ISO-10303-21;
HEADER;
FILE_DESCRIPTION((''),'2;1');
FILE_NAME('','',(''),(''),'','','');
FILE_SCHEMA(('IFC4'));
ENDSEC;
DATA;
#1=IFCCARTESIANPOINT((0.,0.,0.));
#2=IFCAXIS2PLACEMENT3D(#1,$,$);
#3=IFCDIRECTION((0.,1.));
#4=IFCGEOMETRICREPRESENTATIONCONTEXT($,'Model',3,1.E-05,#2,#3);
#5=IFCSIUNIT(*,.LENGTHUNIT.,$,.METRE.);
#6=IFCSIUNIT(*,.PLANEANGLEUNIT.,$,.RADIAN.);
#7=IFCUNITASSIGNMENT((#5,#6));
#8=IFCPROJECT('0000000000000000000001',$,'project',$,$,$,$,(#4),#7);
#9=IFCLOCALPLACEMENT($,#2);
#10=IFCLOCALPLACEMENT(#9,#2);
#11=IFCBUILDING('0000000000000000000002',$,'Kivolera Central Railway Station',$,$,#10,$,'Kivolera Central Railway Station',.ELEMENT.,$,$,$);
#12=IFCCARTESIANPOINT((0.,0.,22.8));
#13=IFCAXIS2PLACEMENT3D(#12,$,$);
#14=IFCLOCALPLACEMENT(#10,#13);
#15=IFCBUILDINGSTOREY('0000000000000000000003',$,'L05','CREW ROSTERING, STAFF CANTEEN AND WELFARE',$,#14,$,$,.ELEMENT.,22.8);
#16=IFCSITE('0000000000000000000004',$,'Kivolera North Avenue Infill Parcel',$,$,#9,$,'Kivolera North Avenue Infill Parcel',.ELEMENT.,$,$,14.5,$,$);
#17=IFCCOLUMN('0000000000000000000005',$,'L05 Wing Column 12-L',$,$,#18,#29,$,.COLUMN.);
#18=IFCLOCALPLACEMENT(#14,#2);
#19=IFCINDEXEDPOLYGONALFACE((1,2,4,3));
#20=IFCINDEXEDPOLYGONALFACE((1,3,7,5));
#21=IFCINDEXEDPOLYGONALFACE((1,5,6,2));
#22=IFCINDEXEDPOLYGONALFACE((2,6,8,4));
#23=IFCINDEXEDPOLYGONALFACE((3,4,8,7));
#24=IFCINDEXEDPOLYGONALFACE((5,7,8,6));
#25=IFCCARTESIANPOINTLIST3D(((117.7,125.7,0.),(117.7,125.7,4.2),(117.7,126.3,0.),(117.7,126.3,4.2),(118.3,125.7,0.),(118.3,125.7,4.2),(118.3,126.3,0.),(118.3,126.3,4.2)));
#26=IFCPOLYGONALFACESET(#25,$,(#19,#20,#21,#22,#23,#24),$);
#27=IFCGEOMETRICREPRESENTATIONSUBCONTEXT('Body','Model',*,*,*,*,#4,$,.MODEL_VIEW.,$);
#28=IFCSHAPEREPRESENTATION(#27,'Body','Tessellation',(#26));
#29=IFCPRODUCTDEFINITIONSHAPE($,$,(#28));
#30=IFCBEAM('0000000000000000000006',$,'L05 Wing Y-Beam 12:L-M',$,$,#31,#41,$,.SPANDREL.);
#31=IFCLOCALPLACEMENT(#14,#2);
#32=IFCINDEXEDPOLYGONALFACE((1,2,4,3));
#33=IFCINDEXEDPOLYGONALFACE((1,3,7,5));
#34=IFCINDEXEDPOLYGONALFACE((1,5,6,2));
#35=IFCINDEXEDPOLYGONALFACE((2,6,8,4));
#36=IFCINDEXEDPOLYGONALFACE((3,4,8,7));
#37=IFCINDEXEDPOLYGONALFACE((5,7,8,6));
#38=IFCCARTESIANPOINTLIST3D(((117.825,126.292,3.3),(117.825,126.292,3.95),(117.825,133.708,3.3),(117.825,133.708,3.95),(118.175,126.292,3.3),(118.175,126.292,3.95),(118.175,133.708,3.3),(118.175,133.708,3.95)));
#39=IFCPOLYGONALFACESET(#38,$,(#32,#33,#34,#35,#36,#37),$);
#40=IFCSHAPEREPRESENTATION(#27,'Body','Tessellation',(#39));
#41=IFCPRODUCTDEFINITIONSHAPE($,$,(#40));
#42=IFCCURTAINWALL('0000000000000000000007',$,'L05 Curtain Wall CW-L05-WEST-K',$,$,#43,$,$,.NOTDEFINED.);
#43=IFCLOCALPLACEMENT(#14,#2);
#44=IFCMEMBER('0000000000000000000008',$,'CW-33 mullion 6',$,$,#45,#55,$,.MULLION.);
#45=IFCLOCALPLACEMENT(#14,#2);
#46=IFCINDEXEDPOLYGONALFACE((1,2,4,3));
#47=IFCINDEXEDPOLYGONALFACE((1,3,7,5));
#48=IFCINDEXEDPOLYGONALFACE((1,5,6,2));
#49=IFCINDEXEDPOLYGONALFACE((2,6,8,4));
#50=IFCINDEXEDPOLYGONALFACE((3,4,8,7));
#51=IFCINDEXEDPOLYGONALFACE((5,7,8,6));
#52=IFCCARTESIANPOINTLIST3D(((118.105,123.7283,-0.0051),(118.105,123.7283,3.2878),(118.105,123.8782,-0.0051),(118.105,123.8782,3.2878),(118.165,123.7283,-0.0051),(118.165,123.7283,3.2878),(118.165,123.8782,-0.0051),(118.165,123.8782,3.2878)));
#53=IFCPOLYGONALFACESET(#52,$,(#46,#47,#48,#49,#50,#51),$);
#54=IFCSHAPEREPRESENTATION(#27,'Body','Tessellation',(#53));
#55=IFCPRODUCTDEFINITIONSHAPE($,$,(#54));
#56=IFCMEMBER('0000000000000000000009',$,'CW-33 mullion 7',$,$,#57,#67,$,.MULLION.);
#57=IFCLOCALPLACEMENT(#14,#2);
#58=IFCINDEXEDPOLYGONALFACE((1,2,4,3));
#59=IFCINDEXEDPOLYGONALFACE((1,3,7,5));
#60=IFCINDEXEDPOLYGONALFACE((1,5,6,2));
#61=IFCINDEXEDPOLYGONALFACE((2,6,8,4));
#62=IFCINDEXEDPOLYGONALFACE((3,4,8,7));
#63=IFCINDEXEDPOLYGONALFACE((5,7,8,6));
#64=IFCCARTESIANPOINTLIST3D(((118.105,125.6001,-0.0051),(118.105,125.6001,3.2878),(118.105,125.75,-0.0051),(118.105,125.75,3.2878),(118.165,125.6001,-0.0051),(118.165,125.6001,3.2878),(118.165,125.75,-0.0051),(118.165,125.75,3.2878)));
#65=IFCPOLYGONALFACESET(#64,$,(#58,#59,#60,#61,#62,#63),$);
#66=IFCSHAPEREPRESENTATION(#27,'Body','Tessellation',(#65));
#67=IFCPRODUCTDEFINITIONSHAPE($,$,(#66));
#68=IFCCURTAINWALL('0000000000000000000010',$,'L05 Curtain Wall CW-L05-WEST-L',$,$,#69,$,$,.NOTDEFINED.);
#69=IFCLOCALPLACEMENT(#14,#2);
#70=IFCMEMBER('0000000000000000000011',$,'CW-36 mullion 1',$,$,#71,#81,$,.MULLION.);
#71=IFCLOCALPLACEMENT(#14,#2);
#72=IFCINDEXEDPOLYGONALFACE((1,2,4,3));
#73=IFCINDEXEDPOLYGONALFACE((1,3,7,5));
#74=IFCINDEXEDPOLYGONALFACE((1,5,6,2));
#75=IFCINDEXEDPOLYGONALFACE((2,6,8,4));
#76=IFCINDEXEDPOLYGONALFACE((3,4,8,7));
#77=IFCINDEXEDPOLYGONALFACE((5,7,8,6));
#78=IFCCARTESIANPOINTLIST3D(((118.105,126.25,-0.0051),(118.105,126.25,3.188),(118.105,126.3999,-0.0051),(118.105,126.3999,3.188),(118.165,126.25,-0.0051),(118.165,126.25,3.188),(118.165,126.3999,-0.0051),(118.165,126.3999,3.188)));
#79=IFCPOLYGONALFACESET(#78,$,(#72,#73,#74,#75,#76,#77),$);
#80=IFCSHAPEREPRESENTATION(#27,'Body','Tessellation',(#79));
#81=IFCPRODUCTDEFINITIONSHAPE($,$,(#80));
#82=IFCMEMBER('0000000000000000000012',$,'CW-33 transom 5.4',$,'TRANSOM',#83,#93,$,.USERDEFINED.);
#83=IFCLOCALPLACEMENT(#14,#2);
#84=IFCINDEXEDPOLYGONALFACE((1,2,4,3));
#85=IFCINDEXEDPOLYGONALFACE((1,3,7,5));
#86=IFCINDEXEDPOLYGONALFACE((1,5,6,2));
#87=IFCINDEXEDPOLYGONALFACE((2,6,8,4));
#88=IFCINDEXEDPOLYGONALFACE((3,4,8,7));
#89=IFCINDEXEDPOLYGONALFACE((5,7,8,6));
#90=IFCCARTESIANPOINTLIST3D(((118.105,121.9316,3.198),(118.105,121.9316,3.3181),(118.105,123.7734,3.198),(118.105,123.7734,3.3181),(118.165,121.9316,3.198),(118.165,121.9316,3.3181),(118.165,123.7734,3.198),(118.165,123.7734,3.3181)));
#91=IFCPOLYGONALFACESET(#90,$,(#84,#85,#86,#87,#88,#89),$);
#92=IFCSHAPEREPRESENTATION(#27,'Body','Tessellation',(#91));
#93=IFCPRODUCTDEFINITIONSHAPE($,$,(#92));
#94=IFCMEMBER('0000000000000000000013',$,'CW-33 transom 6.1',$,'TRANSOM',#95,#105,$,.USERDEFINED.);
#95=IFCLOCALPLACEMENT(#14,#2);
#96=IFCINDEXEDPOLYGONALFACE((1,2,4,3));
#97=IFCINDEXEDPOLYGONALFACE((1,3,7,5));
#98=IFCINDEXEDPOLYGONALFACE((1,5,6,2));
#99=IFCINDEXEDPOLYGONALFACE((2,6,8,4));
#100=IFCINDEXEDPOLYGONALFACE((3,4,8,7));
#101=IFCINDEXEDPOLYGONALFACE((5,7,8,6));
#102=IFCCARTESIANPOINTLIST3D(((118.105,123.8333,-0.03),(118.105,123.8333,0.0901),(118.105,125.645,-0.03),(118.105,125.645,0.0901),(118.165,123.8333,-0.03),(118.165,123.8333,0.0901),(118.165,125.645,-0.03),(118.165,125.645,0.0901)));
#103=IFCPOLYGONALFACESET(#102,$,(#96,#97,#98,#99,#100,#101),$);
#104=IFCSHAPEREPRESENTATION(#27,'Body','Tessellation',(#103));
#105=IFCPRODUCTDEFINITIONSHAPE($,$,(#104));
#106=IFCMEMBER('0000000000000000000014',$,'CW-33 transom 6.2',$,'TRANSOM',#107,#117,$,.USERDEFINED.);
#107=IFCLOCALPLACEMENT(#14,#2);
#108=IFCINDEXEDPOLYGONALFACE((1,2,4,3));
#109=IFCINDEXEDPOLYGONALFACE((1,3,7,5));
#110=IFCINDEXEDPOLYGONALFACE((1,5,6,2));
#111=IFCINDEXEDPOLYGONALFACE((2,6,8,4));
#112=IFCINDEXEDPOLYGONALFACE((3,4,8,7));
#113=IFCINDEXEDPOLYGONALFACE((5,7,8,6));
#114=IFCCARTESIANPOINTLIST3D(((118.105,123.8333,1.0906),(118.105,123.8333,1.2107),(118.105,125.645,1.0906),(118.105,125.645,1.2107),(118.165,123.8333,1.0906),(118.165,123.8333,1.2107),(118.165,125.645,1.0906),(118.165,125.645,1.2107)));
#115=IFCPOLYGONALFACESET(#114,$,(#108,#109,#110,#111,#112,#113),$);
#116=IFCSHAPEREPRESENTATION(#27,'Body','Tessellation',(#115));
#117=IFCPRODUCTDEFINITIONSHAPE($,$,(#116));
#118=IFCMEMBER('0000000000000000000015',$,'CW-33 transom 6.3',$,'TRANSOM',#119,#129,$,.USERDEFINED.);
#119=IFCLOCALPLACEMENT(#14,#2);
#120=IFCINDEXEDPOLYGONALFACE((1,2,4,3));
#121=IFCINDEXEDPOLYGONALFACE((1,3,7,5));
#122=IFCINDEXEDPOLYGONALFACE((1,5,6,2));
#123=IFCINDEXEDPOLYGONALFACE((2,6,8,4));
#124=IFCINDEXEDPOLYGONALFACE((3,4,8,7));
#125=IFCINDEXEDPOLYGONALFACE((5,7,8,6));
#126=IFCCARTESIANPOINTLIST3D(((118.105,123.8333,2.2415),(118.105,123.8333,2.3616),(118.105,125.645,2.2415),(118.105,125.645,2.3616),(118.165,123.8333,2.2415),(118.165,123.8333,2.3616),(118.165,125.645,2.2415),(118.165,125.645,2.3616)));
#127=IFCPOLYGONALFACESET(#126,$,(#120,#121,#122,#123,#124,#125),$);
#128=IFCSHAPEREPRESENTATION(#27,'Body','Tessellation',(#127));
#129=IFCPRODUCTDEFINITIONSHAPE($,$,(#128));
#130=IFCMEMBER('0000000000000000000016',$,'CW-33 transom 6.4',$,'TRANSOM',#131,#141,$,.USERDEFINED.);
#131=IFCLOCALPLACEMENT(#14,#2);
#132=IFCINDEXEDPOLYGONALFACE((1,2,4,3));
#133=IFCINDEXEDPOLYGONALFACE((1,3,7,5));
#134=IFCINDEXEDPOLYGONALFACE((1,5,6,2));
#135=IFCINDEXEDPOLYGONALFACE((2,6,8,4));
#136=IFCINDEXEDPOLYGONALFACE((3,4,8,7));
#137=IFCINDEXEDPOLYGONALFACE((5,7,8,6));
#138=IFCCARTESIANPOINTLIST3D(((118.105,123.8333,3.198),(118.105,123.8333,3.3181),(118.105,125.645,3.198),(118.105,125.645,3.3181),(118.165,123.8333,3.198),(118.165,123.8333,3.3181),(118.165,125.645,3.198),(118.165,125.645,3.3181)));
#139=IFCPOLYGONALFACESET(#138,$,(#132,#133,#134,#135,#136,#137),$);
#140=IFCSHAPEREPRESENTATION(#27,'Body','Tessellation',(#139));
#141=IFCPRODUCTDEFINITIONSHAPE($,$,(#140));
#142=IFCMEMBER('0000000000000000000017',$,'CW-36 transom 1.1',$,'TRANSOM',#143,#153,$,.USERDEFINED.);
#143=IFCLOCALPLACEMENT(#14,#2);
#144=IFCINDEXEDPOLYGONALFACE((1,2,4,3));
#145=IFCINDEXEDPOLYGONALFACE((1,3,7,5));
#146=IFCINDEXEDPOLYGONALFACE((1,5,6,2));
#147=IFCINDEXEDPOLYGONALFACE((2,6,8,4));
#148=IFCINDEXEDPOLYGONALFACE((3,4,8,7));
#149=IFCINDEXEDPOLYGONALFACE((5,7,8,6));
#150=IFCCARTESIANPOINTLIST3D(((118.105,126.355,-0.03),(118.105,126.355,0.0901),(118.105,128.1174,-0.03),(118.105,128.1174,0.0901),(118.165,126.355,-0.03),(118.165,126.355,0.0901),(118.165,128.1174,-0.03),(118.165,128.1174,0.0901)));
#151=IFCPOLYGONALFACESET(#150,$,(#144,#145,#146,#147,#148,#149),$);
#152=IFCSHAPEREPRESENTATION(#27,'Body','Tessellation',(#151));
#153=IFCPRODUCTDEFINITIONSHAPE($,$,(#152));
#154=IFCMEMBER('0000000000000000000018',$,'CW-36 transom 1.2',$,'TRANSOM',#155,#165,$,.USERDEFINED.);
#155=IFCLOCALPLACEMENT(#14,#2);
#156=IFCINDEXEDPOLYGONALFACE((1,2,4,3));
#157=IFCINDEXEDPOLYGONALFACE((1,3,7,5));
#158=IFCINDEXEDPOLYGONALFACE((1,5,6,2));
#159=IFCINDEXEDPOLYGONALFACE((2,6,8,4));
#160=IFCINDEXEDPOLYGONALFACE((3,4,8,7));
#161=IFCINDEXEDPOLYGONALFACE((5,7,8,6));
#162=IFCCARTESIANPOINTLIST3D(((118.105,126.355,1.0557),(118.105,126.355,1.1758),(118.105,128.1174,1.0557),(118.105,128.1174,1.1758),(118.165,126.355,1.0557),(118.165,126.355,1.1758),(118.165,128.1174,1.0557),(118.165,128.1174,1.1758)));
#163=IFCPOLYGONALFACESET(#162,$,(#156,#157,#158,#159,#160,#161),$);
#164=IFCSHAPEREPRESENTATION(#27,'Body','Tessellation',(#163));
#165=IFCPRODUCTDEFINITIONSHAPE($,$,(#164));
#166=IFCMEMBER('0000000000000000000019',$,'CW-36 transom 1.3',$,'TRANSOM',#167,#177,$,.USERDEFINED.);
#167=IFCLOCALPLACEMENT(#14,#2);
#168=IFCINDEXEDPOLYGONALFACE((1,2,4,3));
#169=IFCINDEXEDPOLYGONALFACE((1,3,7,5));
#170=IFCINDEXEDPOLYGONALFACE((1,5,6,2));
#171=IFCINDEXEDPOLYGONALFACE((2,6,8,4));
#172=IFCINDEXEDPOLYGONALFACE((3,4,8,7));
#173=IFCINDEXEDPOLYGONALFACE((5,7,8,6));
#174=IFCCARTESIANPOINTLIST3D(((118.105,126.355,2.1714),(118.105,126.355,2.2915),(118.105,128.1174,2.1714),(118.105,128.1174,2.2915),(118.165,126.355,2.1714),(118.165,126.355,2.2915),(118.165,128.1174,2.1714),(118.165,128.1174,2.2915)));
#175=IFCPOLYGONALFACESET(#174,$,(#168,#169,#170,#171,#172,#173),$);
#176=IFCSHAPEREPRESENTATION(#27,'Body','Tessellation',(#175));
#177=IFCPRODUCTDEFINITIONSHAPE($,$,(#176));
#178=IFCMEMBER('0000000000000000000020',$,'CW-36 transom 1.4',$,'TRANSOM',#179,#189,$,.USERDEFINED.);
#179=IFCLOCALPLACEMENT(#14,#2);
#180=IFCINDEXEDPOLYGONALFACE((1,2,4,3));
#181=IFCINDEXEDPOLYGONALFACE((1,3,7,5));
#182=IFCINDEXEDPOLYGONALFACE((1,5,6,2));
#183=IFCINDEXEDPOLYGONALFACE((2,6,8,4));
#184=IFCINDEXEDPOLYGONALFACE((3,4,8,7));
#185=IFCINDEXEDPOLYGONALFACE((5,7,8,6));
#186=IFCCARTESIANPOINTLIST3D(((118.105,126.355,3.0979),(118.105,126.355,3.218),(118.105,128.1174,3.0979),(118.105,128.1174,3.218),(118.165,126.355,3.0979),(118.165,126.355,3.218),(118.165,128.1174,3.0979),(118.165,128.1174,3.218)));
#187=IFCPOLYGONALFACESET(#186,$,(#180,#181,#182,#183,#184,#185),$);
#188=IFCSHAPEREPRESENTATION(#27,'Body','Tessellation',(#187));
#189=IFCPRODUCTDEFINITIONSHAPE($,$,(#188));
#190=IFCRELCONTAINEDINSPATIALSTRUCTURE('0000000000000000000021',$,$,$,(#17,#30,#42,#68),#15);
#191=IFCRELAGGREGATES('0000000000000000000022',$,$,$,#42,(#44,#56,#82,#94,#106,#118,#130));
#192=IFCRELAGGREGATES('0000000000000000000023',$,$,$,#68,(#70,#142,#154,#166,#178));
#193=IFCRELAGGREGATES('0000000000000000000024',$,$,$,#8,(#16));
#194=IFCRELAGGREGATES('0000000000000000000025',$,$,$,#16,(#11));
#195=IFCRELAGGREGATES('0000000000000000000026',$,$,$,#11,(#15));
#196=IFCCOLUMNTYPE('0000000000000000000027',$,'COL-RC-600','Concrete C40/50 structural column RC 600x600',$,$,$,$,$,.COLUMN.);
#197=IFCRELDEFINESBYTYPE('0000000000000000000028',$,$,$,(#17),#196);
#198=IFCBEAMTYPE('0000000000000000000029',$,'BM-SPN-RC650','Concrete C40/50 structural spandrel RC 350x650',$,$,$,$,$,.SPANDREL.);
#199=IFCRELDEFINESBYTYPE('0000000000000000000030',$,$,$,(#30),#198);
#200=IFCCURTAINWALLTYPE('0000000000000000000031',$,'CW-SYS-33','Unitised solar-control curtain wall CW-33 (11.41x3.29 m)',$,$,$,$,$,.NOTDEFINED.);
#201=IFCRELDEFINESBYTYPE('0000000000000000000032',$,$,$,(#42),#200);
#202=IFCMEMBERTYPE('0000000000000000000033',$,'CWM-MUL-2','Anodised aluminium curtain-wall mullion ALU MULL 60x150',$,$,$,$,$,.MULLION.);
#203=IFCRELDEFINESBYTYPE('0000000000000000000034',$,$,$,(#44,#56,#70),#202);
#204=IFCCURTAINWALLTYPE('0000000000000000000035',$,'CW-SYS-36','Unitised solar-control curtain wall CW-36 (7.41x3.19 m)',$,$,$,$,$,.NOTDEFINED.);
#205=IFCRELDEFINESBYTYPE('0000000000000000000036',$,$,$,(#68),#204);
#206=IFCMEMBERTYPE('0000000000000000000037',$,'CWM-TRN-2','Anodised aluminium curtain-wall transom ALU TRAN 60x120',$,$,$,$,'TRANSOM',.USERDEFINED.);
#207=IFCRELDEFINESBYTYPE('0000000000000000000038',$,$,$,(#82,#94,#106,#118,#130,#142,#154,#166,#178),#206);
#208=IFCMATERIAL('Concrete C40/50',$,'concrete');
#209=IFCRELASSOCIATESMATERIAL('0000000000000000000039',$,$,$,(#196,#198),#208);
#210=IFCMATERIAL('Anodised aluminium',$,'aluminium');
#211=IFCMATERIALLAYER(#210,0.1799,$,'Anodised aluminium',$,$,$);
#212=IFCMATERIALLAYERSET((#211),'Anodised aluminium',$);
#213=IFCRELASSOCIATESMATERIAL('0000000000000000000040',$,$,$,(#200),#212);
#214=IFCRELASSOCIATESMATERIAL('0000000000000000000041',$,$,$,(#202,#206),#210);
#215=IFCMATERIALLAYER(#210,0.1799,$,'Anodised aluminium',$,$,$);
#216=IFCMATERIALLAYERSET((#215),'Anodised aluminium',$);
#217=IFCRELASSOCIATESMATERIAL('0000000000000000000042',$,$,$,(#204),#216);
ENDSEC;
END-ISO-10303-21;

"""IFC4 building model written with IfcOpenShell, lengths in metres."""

from ifc_helpers import new_model, si_unit, direction, frame, origin, origin_2d, place, context, subcontext, project, spatial, rectangle, extrude, material, layer, layer_set, material_profile, profile_set, type_object, element, aggregate, save


model = new_model("IFC4")

# Units and contexts
model_context = context("Model", 3, precision=1e-05, world=origin(), true_north=direction((0.0, 1.0)))
body_context = subcontext(model_context, "Body", "Model", "MODEL_VIEW")
ifc_project = project(units=[si_unit("LENGTHUNIT", "METRE"), si_unit("PLANEANGLEUNIT", "RADIAN")], contexts=[model_context])

# Site, building, storey
site_placement = place(None, origin())
site = spatial("IfcSite", under=ifc_project, at=site_placement, Name="Kivolera North Avenue Infill Parcel", LongName="Kivolera North Avenue Infill Parcel", CompositionType="ELEMENT", RefElevation=14.5)
building_placement = place(site_placement, origin())
building = spatial("IfcBuilding", under=site, at=building_placement, Name="Kivolera Central Railway Station", LongName="Kivolera Central Railway Station", CompositionType="ELEMENT")
storey_placement = place(building_placement, frame((0.0, 0.0, 22.8)))
storey = spatial("IfcBuildingStorey", under=building, at=storey_placement, Name="L05", Description="CREW ROSTERING, STAFF CANTEEN AND WELFARE", CompositionType="ELEMENT", Elevation=22.8)

# Column
ifc_material_1 = material(Name="Concrete C40/50", Category="concrete")
ifc_material_profile_1 = material_profile(ifc_material_1, rectangle(XDim=0.6001, YDim=0.6001, at=origin_2d()), Name="RC 600x600")
ifc_profile_set_1 = profile_set([ifc_material_profile_1], Name="Concrete C40/50")
column_type = type_object("IfcColumnType", Name="COL-RC-600", Description="Concrete C40/50 structural column RC 600x600", PredefinedType="COLUMN", material=ifc_profile_set_1)
column_placement = place(storey_placement, frame((118.0, 126.0, 0.0), z_axis=(0.0, 0.0, 1.0), x_axis=(1.0, 0.0, 0.0)))
element("IfcColumn", 1, at=column_placement, inside=storey, type_object=column_type, Name="L05 Wing Column 12-L", PredefinedType="COLUMN", context=body_context, shape_type="SweptSolid", body=[
    extrude(rectangle(XDim=0.6001, YDim=0.6001, at=origin_2d()), origin(), (0.0, 0.0, 1.0), 4.2),
])

# Beam
ifc_material_profile_2 = material_profile(ifc_material_1, rectangle(XDim=0.3501, YDim=0.6499, at=origin_2d()), Name="RC 350x650")
ifc_profile_set_2 = profile_set([ifc_material_profile_2], Name="Concrete C40/50")
beam_type = type_object("IfcBeamType", Name="BM-SPN-RC650", Description="Concrete C40/50 structural spandrel RC 350x650", PredefinedType="SPANDREL", material=ifc_profile_set_2)
beam_placement = place(storey_placement, frame((118.0, 126.292, 3.625), z_axis=(0.0, 1.0, 0.0), x_axis=(-1.0, 0.0, 0.0)))
element("IfcBeam", 2, at=beam_placement, inside=storey, type_object=beam_type, Name="L05 Wing Y-Beam 12:L-M", PredefinedType="SPANDREL", context=body_context, shape_type="SweptSolid", body=[
    extrude(rectangle(XDim=0.3501, YDim=0.6499, at=origin_2d()), origin(), (0.0, 0.0, 1.0), 7.416),
])

# Curtain wall, members
ifc_material_2 = material(Name="Anodised aluminium", Category="aluminium")
ifc_layer_1 = layer(ifc_material_2, 0.1799, Name="Anodised aluminium")
ifc_layer_set_1 = layer_set([ifc_layer_1], Name="Anodised aluminium")
curtain_wall_type_1 = type_object("IfcCurtainWallType", Name="CW-SYS-33", Description="Unitised solar-control curtain wall CW-33 (11.41x3.29 m)", PredefinedType="NOTDEFINED", material=ifc_layer_set_1)
curtain_wall_1_placement = place(storey_placement, origin())
curtain_wall_1 = element("IfcCurtainWall", 3, at=curtain_wall_1_placement, inside=storey, type_object=curtain_wall_type_1, Name="L05 Curtain Wall CW-L05-WEST-K", PredefinedType="NOTDEFINED")
ifc_material_profile_3 = material_profile(ifc_material_2, rectangle(XDim=0.0601, YDim=0.1499, at=origin_2d()), Name="ALU MULL 60x150")
ifc_profile_set_3 = profile_set([ifc_material_profile_3], Name="Anodised aluminium")
member_type_1 = type_object("IfcMemberType", Name="CWM-MUL-2", Description="Anodised aluminium curtain-wall mullion ALU MULL 60x150", PredefinedType="MULLION", material=ifc_profile_set_3)
member_1_placement = place(storey_placement, frame((118.135, 123.8032, -0.0051), z_axis=(0.0, 0.0, 1.0), x_axis=(-1.0, 0.0, 0.0)))
member_1 = element("IfcMember", 4, at=member_1_placement, type_object=member_type_1, Name="CW-33 mullion 6", PredefinedType="MULLION", context=body_context, shape_type="SweptSolid", body=[
    extrude(rectangle(XDim=0.0601, YDim=0.1499, at=origin_2d()), origin(), (0.0, 0.0, 1.0), 3.293),
])
member_2_placement = place(storey_placement, frame((118.135, 125.675, -0.0051), z_axis=(0.0, 0.0, 1.0), x_axis=(-1.0, 0.0, 0.0)))
member_2 = element("IfcMember", 5, at=member_2_placement, type_object=member_type_1, Name="CW-33 mullion 7", PredefinedType="MULLION", context=body_context, shape_type="SweptSolid", body=[
    extrude(rectangle(XDim=0.0601, YDim=0.1499, at=origin_2d()), origin(), (0.0, 0.0, 1.0), 3.293),
])

# Curtain wall, member
ifc_layer_2 = layer(ifc_material_2, 0.1799, Name="Anodised aluminium")
ifc_layer_set_2 = layer_set([ifc_layer_2], Name="Anodised aluminium")
curtain_wall_type_2 = type_object("IfcCurtainWallType", Name="CW-SYS-36", Description="Unitised solar-control curtain wall CW-36 (7.41x3.19 m)", PredefinedType="NOTDEFINED", material=ifc_layer_set_2)
curtain_wall_2_placement = place(storey_placement, origin())
curtain_wall_2 = element("IfcCurtainWall", 6, at=curtain_wall_2_placement, inside=storey, type_object=curtain_wall_type_2, Name="L05 Curtain Wall CW-L05-WEST-L", PredefinedType="NOTDEFINED")
member_3_placement = place(storey_placement, frame((118.135, 126.325, -0.0051), z_axis=(0.0, 0.0, 1.0), x_axis=(-1.0, 0.0, 0.0)))
member_3 = element("IfcMember", 7, at=member_3_placement, type_object=member_type_1, Name="CW-36 mullion 1", PredefinedType="MULLION", context=body_context, shape_type="SweptSolid", body=[
    extrude(rectangle(XDim=0.0601, YDim=0.1499, at=origin_2d()), origin(), (0.0, 0.0, 1.0), 3.1931),
])

# Members
ifc_material_profile_4 = material_profile(ifc_material_2, rectangle(XDim=0.0601, YDim=0.1201, at=origin_2d()), Name="ALU TRAN 60x120")
ifc_profile_set_4 = profile_set([ifc_material_profile_4], Name="Anodised aluminium")
member_type_2 = type_object("IfcMemberType", Name="CWM-TRN-2", Description="Anodised aluminium curtain-wall transom ALU TRAN 60x120", ElementType="TRANSOM", PredefinedType="USERDEFINED", material=ifc_profile_set_4)
member_4_placement = place(storey_placement, frame((118.135, 121.9316, 3.2581), z_axis=(0.0, 1.0, 0.0), x_axis=(-1.0, 0.0, 0.0)))
member_4 = element("IfcMember", 8, at=member_4_placement, type_object=member_type_2, Name="CW-33 transom 5.4", ObjectType="TRANSOM", PredefinedType="USERDEFINED", context=body_context, shape_type="SweptSolid", body=[
    extrude(rectangle(XDim=0.0601, YDim=0.1201, at=origin_2d()), origin(), (0.0, 0.0, 1.0), 1.8418),
])
member_5_placement = place(storey_placement, frame((118.135, 123.8333, 0.03), z_axis=(0.0, 1.0, 0.0), x_axis=(-1.0, 0.0, 0.0)))
member_5 = element("IfcMember", 9, at=member_5_placement, type_object=member_type_2, Name="CW-33 transom 6.1", ObjectType="TRANSOM", PredefinedType="USERDEFINED", context=body_context, shape_type="SweptSolid", body=[
    extrude(rectangle(XDim=0.0601, YDim=0.1201, at=origin_2d()), origin(), (0.0, 0.0, 1.0), 1.8118),
])
member_6_placement = place(storey_placement, frame((118.135, 123.8333, 1.1506), z_axis=(0.0, 1.0, 0.0), x_axis=(-1.0, 0.0, 0.0)))
member_6 = element("IfcMember", 10, at=member_6_placement, type_object=member_type_2, Name="CW-33 transom 6.2", ObjectType="TRANSOM", PredefinedType="USERDEFINED", context=body_context, shape_type="SweptSolid", body=[
    extrude(rectangle(XDim=0.0601, YDim=0.1201, at=origin_2d()), origin(), (0.0, 0.0, 1.0), 1.8118),
])
member_7_placement = place(storey_placement, frame((118.135, 123.8333, 2.3015), z_axis=(0.0, 1.0, 0.0), x_axis=(-1.0, 0.0, 0.0)))
member_7 = element("IfcMember", 11, at=member_7_placement, type_object=member_type_2, Name="CW-33 transom 6.3", ObjectType="TRANSOM", PredefinedType="USERDEFINED", context=body_context, shape_type="SweptSolid", body=[
    extrude(rectangle(XDim=0.0601, YDim=0.1201, at=origin_2d()), origin(), (0.0, 0.0, 1.0), 1.8118),
])
member_8_placement = place(storey_placement, frame((118.135, 123.8333, 3.2581), z_axis=(0.0, 1.0, 0.0), x_axis=(-1.0, 0.0, 0.0)))
member_8 = element("IfcMember", 12, at=member_8_placement, type_object=member_type_2, Name="CW-33 transom 6.4", ObjectType="TRANSOM", PredefinedType="USERDEFINED", context=body_context, shape_type="SweptSolid", body=[
    extrude(rectangle(XDim=0.0601, YDim=0.1201, at=origin_2d()), origin(), (0.0, 0.0, 1.0), 1.8118),
])
member_9_placement = place(storey_placement, frame((118.135, 126.355, 0.03), z_axis=(0.0, 1.0, 0.0), x_axis=(-1.0, 0.0, 0.0)))
member_9 = element("IfcMember", 13, at=member_9_placement, type_object=member_type_2, Name="CW-36 transom 1.1", ObjectType="TRANSOM", PredefinedType="USERDEFINED", context=body_context, shape_type="SweptSolid", body=[
    extrude(rectangle(XDim=0.0601, YDim=0.1201, at=origin_2d()), origin(), (0.0, 0.0, 1.0), 1.7625),
])
member_10_placement = place(storey_placement, frame((118.135, 126.355, 1.1157), z_axis=(0.0, 1.0, 0.0), x_axis=(-1.0, 0.0, 0.0)))
member_10 = element("IfcMember", 14, at=member_10_placement, type_object=member_type_2, Name="CW-36 transom 1.2", ObjectType="TRANSOM", PredefinedType="USERDEFINED", context=body_context, shape_type="SweptSolid", body=[
    extrude(rectangle(XDim=0.0601, YDim=0.1201, at=origin_2d()), origin(), (0.0, 0.0, 1.0), 1.7625),
])
member_11_placement = place(storey_placement, frame((118.135, 126.355, 2.2314), z_axis=(0.0, 1.0, 0.0), x_axis=(-1.0, 0.0, 0.0)))
member_11 = element("IfcMember", 15, at=member_11_placement, type_object=member_type_2, Name="CW-36 transom 1.3", ObjectType="TRANSOM", PredefinedType="USERDEFINED", context=body_context, shape_type="SweptSolid", body=[
    extrude(rectangle(XDim=0.0601, YDim=0.1201, at=origin_2d()), origin(), (0.0, 0.0, 1.0), 1.7625),
])
member_12_placement = place(storey_placement, frame((118.135, 126.355, 3.158), z_axis=(0.0, 1.0, 0.0), x_axis=(-1.0, 0.0, 0.0)))
member_12 = element("IfcMember", 16, at=member_12_placement, type_object=member_type_2, Name="CW-36 transom 1.4", ObjectType="TRANSOM", PredefinedType="USERDEFINED", context=body_context, shape_type="SweptSolid", body=[
    extrude(rectangle(XDim=0.0601, YDim=0.1201, at=origin_2d()), origin(), (0.0, 0.0, 1.0), 1.7625),
])

aggregate(curtain_wall_1, [member_1, member_2, member_4, member_5, member_6, member_7, member_8])
aggregate(curtain_wall_2, [member_3, member_9, member_10, member_11, member_12])

save(model, "model.ifc")
